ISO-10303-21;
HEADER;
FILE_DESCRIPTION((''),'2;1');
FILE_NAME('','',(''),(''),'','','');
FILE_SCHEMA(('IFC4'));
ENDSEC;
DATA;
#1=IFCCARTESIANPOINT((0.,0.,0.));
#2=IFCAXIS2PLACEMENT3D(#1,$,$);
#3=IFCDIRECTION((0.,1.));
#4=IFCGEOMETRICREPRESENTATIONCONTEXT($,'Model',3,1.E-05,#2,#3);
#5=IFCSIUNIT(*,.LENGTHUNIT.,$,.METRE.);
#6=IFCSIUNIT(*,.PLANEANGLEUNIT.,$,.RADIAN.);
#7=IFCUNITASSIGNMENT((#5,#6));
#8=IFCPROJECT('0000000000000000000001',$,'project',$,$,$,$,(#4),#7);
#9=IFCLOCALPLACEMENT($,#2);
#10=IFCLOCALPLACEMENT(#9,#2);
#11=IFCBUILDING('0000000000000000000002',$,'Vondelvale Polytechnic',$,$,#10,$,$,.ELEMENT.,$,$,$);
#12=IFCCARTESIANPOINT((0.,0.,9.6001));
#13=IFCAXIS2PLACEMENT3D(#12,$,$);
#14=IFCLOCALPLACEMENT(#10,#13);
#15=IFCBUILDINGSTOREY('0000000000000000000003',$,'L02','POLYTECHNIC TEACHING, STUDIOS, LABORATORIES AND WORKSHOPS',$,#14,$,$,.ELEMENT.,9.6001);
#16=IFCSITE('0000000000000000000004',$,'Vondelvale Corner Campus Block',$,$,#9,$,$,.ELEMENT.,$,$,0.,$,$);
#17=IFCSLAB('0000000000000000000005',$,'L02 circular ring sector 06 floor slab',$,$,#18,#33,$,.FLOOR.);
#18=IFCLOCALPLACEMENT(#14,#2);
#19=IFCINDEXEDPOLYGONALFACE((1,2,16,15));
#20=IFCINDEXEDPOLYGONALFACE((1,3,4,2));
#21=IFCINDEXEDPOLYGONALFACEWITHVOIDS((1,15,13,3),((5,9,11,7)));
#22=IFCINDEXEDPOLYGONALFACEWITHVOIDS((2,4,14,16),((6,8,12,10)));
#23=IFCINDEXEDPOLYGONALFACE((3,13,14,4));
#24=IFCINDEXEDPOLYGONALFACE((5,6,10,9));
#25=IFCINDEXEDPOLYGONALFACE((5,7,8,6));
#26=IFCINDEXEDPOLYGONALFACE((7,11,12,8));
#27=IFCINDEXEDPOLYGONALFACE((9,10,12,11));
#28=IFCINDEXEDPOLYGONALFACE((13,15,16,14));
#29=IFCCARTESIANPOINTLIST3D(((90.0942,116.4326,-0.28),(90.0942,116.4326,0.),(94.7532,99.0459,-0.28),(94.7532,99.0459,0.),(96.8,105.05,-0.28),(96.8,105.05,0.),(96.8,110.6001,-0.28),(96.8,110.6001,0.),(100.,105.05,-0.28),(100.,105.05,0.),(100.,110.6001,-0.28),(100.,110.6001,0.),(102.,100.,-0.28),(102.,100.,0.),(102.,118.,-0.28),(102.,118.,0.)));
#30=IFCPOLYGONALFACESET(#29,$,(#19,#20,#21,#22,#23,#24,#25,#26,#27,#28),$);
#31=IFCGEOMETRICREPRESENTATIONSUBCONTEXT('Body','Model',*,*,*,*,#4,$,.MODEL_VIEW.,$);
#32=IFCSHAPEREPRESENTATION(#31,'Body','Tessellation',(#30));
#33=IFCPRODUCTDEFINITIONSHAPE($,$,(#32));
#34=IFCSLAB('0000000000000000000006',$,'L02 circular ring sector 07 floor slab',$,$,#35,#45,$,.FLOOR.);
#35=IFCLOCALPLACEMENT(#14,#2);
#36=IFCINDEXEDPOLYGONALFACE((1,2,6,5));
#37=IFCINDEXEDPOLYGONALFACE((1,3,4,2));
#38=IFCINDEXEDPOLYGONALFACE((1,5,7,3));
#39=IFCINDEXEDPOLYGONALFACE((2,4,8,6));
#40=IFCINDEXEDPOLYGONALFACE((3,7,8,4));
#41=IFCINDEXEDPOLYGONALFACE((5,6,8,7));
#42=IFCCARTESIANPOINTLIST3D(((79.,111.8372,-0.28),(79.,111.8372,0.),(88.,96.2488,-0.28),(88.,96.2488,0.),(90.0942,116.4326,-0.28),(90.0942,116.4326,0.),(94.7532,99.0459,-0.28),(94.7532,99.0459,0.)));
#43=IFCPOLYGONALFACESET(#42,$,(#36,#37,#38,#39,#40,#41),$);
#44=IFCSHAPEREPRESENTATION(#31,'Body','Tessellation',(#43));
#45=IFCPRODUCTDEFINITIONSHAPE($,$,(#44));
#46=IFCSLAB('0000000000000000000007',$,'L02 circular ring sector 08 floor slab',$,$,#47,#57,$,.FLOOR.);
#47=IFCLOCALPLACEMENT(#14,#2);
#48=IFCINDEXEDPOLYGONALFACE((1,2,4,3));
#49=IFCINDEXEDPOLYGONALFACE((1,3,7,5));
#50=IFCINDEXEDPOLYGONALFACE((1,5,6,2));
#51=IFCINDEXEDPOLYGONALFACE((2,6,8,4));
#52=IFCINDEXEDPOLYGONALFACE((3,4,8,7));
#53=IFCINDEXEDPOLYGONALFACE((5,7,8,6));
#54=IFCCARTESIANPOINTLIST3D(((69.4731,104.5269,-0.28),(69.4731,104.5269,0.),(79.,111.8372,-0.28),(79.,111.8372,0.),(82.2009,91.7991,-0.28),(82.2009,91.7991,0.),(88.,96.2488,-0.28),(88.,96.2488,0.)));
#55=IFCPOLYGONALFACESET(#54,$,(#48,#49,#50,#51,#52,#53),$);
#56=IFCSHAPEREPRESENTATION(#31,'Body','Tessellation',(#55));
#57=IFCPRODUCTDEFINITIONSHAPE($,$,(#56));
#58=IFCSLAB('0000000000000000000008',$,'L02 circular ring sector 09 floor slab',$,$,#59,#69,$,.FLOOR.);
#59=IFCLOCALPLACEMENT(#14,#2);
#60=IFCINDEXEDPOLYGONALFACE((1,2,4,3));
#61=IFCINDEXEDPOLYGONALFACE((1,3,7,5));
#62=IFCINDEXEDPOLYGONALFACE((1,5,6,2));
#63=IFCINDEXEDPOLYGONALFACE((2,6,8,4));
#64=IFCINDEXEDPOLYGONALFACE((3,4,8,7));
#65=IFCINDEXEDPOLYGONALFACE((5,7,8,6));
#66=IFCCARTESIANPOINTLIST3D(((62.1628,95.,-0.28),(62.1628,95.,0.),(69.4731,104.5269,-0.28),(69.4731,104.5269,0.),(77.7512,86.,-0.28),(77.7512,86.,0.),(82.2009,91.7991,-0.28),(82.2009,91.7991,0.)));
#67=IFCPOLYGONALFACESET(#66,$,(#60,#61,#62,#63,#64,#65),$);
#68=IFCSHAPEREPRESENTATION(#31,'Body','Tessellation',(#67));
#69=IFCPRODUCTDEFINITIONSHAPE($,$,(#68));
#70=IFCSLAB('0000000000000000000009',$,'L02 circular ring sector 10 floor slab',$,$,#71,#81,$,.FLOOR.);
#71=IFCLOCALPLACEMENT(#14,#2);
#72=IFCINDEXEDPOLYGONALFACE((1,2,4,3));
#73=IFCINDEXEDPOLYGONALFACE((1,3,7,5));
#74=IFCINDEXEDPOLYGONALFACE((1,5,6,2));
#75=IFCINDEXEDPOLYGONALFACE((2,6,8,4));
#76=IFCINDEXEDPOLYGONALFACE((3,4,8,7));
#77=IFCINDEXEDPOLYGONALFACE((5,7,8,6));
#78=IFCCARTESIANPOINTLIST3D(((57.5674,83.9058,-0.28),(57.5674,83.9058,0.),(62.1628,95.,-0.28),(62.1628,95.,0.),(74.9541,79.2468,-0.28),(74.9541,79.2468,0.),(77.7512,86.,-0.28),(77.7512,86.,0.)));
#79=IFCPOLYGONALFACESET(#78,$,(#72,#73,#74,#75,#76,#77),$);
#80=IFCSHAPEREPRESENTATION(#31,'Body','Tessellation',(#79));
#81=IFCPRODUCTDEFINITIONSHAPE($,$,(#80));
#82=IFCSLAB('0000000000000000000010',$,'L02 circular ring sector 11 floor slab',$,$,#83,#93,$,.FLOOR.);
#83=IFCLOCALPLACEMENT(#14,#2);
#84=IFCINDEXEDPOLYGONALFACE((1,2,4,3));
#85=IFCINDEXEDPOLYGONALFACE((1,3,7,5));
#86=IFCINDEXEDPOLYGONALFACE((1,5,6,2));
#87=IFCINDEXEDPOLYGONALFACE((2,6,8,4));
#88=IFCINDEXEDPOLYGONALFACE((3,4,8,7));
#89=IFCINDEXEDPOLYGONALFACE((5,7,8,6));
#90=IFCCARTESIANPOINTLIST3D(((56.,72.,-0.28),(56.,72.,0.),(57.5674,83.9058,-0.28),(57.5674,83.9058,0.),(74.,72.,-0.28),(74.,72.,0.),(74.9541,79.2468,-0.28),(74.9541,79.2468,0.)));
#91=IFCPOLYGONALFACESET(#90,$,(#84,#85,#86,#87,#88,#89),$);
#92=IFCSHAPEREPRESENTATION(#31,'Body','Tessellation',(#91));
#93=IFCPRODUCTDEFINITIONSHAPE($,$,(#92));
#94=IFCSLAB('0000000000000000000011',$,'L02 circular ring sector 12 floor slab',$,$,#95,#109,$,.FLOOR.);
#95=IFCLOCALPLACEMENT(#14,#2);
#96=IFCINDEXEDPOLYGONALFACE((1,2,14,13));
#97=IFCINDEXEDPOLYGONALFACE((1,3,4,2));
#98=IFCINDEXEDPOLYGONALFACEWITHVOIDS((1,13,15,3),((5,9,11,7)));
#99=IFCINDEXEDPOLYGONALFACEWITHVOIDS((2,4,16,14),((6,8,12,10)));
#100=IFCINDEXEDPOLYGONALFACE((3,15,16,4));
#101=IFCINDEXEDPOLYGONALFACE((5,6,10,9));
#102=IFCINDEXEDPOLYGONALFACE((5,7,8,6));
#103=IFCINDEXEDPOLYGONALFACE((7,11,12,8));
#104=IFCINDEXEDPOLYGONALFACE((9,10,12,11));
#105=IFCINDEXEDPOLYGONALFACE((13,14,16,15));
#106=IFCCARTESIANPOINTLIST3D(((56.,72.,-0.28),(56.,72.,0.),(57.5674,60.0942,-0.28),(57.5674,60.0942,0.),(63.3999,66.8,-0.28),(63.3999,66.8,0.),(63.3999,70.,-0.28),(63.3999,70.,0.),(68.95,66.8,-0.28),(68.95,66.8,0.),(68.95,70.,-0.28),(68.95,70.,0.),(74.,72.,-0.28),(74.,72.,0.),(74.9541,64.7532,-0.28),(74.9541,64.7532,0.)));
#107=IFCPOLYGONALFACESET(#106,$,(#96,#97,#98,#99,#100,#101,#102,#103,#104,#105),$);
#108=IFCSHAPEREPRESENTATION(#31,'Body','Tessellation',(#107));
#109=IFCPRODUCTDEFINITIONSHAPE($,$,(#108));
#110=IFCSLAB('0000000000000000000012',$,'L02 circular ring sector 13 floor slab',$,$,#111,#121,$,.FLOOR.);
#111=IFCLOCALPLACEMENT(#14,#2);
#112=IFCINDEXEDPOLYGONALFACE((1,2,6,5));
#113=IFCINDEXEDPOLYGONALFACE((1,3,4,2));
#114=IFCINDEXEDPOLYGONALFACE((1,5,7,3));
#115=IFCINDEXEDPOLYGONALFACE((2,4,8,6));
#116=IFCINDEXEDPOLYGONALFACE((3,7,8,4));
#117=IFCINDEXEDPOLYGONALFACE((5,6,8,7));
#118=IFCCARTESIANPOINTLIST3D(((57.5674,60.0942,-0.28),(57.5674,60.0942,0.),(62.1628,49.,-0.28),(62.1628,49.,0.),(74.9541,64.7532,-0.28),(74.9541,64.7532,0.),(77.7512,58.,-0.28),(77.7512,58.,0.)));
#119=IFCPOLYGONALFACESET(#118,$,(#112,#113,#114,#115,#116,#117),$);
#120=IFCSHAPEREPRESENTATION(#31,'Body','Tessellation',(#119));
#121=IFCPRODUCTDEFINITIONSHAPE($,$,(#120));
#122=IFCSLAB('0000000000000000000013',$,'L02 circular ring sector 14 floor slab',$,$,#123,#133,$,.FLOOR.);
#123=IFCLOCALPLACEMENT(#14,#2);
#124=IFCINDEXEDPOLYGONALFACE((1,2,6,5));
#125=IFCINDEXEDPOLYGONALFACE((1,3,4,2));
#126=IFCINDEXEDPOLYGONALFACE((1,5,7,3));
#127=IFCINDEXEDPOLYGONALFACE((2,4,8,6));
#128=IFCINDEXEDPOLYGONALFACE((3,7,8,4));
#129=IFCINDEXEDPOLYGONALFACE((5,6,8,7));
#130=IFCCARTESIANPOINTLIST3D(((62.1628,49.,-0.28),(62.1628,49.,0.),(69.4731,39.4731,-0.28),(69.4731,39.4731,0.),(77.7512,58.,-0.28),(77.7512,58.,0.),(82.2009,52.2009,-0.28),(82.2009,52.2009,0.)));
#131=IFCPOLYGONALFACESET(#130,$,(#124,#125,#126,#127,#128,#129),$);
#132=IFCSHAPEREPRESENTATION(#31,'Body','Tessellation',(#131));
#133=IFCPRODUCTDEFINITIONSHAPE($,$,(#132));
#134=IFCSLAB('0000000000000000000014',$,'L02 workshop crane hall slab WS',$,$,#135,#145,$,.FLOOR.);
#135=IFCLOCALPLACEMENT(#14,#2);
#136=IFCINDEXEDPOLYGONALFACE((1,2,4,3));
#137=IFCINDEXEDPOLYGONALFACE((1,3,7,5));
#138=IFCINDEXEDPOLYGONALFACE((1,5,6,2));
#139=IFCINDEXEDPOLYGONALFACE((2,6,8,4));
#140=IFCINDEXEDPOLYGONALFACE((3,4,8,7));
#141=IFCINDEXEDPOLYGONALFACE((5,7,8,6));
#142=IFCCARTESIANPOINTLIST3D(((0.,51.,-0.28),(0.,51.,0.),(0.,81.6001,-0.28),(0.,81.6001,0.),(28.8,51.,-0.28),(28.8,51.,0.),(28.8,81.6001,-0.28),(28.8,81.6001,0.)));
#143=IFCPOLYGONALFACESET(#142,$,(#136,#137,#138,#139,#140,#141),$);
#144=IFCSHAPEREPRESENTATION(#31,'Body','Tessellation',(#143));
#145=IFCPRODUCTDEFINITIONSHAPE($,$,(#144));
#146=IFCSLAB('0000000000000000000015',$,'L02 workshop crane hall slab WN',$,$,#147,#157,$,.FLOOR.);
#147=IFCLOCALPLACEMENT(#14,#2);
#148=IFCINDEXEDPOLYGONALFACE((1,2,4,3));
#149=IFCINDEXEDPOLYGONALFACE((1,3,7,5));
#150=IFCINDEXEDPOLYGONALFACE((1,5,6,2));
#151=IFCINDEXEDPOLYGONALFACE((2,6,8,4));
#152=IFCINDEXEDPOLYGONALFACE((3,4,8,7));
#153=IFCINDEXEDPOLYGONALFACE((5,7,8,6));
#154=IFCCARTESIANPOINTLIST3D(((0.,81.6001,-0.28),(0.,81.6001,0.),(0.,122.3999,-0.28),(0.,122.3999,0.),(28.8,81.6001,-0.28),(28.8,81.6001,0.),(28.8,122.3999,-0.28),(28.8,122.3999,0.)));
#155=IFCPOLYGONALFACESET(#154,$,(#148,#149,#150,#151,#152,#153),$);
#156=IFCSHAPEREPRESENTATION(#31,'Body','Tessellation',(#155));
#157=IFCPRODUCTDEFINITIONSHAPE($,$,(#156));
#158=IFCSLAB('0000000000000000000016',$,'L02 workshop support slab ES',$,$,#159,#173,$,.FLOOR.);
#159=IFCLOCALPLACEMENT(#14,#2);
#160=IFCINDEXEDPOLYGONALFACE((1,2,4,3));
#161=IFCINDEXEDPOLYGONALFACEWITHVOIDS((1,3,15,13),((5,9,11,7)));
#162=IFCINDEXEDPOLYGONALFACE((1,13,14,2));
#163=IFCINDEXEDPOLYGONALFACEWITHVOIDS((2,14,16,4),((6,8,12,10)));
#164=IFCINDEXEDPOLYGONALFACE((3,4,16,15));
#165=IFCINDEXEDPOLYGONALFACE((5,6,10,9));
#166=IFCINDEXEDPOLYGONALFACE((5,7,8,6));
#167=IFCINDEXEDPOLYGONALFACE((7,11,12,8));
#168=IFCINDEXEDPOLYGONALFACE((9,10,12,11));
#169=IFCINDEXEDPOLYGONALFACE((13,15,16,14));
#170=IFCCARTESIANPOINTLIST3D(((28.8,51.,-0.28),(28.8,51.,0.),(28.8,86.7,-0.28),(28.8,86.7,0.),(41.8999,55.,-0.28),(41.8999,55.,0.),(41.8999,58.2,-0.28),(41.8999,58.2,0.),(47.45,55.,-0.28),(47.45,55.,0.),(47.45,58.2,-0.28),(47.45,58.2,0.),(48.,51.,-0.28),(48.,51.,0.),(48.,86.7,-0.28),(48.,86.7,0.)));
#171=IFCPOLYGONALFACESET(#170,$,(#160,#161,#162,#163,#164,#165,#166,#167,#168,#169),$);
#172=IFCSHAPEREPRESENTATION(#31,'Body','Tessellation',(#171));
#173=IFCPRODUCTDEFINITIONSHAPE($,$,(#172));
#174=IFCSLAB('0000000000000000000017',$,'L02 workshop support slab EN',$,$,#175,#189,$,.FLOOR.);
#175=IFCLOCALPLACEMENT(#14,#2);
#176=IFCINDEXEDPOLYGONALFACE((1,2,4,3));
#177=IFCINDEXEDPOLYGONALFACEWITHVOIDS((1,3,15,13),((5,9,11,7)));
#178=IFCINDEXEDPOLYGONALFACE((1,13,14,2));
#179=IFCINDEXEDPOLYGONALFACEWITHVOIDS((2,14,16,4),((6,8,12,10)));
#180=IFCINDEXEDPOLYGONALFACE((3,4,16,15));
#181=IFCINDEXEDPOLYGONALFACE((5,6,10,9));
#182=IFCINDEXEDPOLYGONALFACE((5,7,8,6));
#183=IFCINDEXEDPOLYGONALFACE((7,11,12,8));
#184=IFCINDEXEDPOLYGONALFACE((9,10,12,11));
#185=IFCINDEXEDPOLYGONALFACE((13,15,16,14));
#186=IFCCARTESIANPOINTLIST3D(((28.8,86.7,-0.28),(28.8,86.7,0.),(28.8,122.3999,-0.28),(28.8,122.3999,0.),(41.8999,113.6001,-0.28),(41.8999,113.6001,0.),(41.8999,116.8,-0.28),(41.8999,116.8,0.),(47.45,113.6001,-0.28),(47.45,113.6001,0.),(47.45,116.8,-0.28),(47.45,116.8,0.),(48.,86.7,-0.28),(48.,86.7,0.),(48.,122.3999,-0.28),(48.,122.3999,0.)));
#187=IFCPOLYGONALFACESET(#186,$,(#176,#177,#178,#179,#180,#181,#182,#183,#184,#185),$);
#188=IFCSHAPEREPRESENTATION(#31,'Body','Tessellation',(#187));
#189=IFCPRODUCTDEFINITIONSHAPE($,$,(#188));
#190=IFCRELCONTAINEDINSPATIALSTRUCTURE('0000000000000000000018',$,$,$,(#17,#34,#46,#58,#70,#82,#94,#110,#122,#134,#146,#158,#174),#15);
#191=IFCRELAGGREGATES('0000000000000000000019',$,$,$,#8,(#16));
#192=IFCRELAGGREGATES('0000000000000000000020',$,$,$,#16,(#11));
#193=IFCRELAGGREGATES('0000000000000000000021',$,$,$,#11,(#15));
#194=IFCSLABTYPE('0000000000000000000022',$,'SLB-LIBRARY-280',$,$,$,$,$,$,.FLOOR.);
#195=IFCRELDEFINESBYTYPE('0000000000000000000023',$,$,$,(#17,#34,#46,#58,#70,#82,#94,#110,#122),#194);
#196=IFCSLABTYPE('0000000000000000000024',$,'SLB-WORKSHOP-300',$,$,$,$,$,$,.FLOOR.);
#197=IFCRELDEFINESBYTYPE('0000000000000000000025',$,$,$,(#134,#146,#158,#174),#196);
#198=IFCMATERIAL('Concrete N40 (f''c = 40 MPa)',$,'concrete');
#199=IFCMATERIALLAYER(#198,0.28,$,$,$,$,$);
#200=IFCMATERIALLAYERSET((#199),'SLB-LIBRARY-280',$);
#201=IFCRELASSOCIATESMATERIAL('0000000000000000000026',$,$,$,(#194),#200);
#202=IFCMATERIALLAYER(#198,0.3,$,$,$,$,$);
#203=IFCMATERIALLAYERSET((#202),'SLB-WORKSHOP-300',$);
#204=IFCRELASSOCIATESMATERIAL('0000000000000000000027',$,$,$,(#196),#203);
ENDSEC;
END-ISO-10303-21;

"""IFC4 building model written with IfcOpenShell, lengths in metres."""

from ifc_helpers import new_model, si_unit, direction, frame, origin, place, context, subcontext, project, spatial, polyline, outline, extrude, material, layer, layer_set, type_object, element, save


model = new_model("IFC4")

# Units and contexts
model_context = context("Model", 3, precision=1e-05, world=origin(), true_north=direction((0.0, 1.0)))
body_context = subcontext(model_context, "Body", "Model", "MODEL_VIEW")
ifc_project = project(units=[si_unit("LENGTHUNIT", "METRE"), si_unit("PLANEANGLEUNIT", "RADIAN")], contexts=[model_context])

# Site, building, storey
site_placement = place(None, origin())
site = spatial("IfcSite", under=ifc_project, at=site_placement, Name="Vondelvale Corner Campus Block", CompositionType="ELEMENT", RefElevation=0.0)
building_placement = place(site_placement, origin())
building = spatial("IfcBuilding", under=site, at=building_placement, Name="Vondelvale Polytechnic", CompositionType="ELEMENT")
storey_placement = place(building_placement, frame((0.0, 0.0, 9.6001)))
storey = spatial("IfcBuildingStorey", under=building, at=storey_placement, Name="L02", Description="POLYTECHNIC TEACHING, STUDIOS, LABORATORIES AND WORKSHOPS", CompositionType="ELEMENT", Elevation=9.6001)

# Slabs
ifc_material = material(Name="Concrete N40 (f'c = 40 MPa)", Category="concrete")
ifc_layer_1 = layer(ifc_material, 0.28)
ifc_layer_set_1 = layer_set([ifc_layer_1], Name="SLB-LIBRARY-280")
slab_type_1 = type_object("IfcSlabType", Name="SLB-LIBRARY-280", PredefinedType="FLOOR", material=ifc_layer_set_1)
slab_1_placement = place(storey_placement, frame((0.0, 0.0, -0.28)))
element("IfcSlab", 1, at=slab_1_placement, inside=storey, type_object=slab_type_1, Name="L02 circular ring sector 06 floor slab", PredefinedType="FLOOR", context=body_context, shape_type="SweptSolid", body=[
    extrude(outline(polyline([(102.0, 100.0), (102.0, 118.0), (90.0942, 116.4326), (94.7532, 99.0459), (102.0, 100.0)]), holes=[polyline([(100.0, 105.05), (100.0, 110.6001), (96.8, 110.6001), (96.8, 105.05), (100.0, 105.05)])]), origin(), (0.0, 0.0, 1.0), 0.28),
])
slab_2_placement = place(storey_placement, frame((0.0, 0.0, -0.28)))
element("IfcSlab", 2, at=slab_2_placement, inside=storey, type_object=slab_type_1, Name="L02 circular ring sector 07 floor slab", PredefinedType="FLOOR", context=body_context, shape_type="SweptSolid", body=[
    extrude(outline(polyline([(94.7532, 99.0459), (90.0942, 116.4326), (79.0, 111.8372), (88.0, 96.2488), (94.7532, 99.0459)])), origin(), (0.0, 0.0, 1.0), 0.28),
])
slab_3_placement = place(storey_placement, frame((0.0, 0.0, -0.28)))
element("IfcSlab", 3, at=slab_3_placement, inside=storey, type_object=slab_type_1, Name="L02 circular ring sector 08 floor slab", PredefinedType="FLOOR", context=body_context, shape_type="SweptSolid", body=[
    extrude(outline(polyline([(88.0, 96.2488), (79.0, 111.8372), (69.4731, 104.5269), (82.2009, 91.7991), (88.0, 96.2488)])), origin(), (0.0, 0.0, 1.0), 0.28),
])
slab_4_placement = place(storey_placement, frame((0.0, 0.0, -0.28)))
element("IfcSlab", 4, at=slab_4_placement, inside=storey, type_object=slab_type_1, Name="L02 circular ring sector 09 floor slab", PredefinedType="FLOOR", context=body_context, shape_type="SweptSolid", body=[
    extrude(outline(polyline([(82.2009, 91.7991), (69.4731, 104.5269), (62.1628, 95.0), (77.7512, 86.0), (82.2009, 91.7991)])), origin(), (0.0, 0.0, 1.0), 0.28),
])
slab_5_placement = place(storey_placement, frame((0.0, 0.0, -0.28)))
element("IfcSlab", 5, at=slab_5_placement, inside=storey, type_object=slab_type_1, Name="L02 circular ring sector 10 floor slab", PredefinedType="FLOOR", context=body_context, shape_type="SweptSolid", body=[
    extrude(outline(polyline([(77.7512, 86.0), (62.1628, 95.0), (57.5674, 83.9058), (74.9541, 79.2468), (77.7512, 86.0)])), origin(), (0.0, 0.0, 1.0), 0.28),
])
slab_6_placement = place(storey_placement, frame((0.0, 0.0, -0.28)))
element("IfcSlab", 6, at=slab_6_placement, inside=storey, type_object=slab_type_1, Name="L02 circular ring sector 11 floor slab", PredefinedType="FLOOR", context=body_context, shape_type="SweptSolid", body=[
    extrude(outline(polyline([(74.9541, 79.2468), (57.5674, 83.9058), (56.0, 72.0), (74.0, 72.0), (74.9541, 79.2468)])), origin(), (0.0, 0.0, 1.0), 0.28),
])
slab_7_placement = place(storey_placement, frame((0.0, 0.0, -0.28)))
element("IfcSlab", 7, at=slab_7_placement, inside=storey, type_object=slab_type_1, Name="L02 circular ring sector 12 floor slab", PredefinedType="FLOOR", context=body_context, shape_type="SweptSolid", body=[
    extrude(outline(polyline([(74.0, 72.0), (56.0, 72.0), (57.5674, 60.0942), (74.9541, 64.7532), (74.0, 72.0)]), holes=[polyline([(68.95, 70.0), (63.3999, 70.0), (63.3999, 66.8), (68.95, 66.8), (68.95, 70.0)])]), origin(), (0.0, 0.0, 1.0), 0.28),
])
slab_8_placement = place(storey_placement, frame((0.0, 0.0, -0.28)))
element("IfcSlab", 8, at=slab_8_placement, inside=storey, type_object=slab_type_1, Name="L02 circular ring sector 13 floor slab", PredefinedType="FLOOR", context=body_context, shape_type="SweptSolid", body=[
    extrude(outline(polyline([(74.9541, 64.7532), (57.5674, 60.0942), (62.1628, 49.0), (77.7512, 58.0), (74.9541, 64.7532)])), origin(), (0.0, 0.0, 1.0), 0.28),
])
slab_9_placement = place(storey_placement, frame((0.0, 0.0, -0.28)))
element("IfcSlab", 9, at=slab_9_placement, inside=storey, type_object=slab_type_1, Name="L02 circular ring sector 14 floor slab", PredefinedType="FLOOR", context=body_context, shape_type="SweptSolid", body=[
    extrude(outline(polyline([(77.7512, 58.0), (62.1628, 49.0), (69.4731, 39.4731), (82.2009, 52.2009), (77.7512, 58.0)])), origin(), (0.0, 0.0, 1.0), 0.28),
])
ifc_layer_2 = layer(ifc_material, 0.3)
ifc_layer_set_2 = layer_set([ifc_layer_2], Name="SLB-WORKSHOP-300")
slab_type_2 = type_object("IfcSlabType", Name="SLB-WORKSHOP-300", PredefinedType="FLOOR", material=ifc_layer_set_2)
slab_10_placement = place(storey_placement, frame((0.0, 0.0, -0.28)))
element("IfcSlab", 10, at=slab_10_placement, inside=storey, type_object=slab_type_2, Name="L02 workshop crane hall slab WS", PredefinedType="FLOOR", context=body_context, shape_type="SweptSolid", body=[
    extrude(outline(polyline([(0.0, 51.0), (28.8, 51.0), (28.8, 81.6001), (0.0, 81.6001), (0.0, 51.0)])), origin(), (0.0, 0.0, 1.0), 0.28),
])
slab_11_placement = place(storey_placement, frame((0.0, 0.0, -0.28)))
element("IfcSlab", 11, at=slab_11_placement, inside=storey, type_object=slab_type_2, Name="L02 workshop crane hall slab WN", PredefinedType="FLOOR", context=body_context, shape_type="SweptSolid", body=[
    extrude(outline(polyline([(0.0, 81.6001), (28.8, 81.6001), (28.8, 122.3999), (0.0, 122.3999), (0.0, 81.6001)])), origin(), (0.0, 0.0, 1.0), 0.28),
])
slab_12_placement = place(storey_placement, frame((0.0, 0.0, -0.28)))
element("IfcSlab", 12, at=slab_12_placement, inside=storey, type_object=slab_type_2, Name="L02 workshop support slab ES", PredefinedType="FLOOR", context=body_context, shape_type="SweptSolid", body=[
    extrude(outline(polyline([(28.8, 51.0), (48.0, 51.0), (48.0, 86.7), (28.8, 86.7), (28.8, 51.0)]), holes=[polyline([(41.8999, 55.0), (47.45, 55.0), (47.45, 58.2), (41.8999, 58.2), (41.8999, 55.0)])]), origin(), (0.0, 0.0, 1.0), 0.28),
])
slab_13_placement = place(storey_placement, frame((0.0, 0.0, -0.28)))
element("IfcSlab", 13, at=slab_13_placement, inside=storey, type_object=slab_type_2, Name="L02 workshop support slab EN", PredefinedType="FLOOR", context=body_context, shape_type="SweptSolid", body=[
    extrude(outline(polyline([(28.8, 86.7), (48.0, 86.7), (48.0, 122.3999), (28.8, 122.3999), (28.8, 86.7)]), holes=[polyline([(41.8999, 113.6001), (47.45, 113.6001), (47.45, 116.8), (41.8999, 116.8), (41.8999, 113.6001)])]), origin(), (0.0, 0.0, 1.0), 0.28),
])

save(model, "model.ifc")
